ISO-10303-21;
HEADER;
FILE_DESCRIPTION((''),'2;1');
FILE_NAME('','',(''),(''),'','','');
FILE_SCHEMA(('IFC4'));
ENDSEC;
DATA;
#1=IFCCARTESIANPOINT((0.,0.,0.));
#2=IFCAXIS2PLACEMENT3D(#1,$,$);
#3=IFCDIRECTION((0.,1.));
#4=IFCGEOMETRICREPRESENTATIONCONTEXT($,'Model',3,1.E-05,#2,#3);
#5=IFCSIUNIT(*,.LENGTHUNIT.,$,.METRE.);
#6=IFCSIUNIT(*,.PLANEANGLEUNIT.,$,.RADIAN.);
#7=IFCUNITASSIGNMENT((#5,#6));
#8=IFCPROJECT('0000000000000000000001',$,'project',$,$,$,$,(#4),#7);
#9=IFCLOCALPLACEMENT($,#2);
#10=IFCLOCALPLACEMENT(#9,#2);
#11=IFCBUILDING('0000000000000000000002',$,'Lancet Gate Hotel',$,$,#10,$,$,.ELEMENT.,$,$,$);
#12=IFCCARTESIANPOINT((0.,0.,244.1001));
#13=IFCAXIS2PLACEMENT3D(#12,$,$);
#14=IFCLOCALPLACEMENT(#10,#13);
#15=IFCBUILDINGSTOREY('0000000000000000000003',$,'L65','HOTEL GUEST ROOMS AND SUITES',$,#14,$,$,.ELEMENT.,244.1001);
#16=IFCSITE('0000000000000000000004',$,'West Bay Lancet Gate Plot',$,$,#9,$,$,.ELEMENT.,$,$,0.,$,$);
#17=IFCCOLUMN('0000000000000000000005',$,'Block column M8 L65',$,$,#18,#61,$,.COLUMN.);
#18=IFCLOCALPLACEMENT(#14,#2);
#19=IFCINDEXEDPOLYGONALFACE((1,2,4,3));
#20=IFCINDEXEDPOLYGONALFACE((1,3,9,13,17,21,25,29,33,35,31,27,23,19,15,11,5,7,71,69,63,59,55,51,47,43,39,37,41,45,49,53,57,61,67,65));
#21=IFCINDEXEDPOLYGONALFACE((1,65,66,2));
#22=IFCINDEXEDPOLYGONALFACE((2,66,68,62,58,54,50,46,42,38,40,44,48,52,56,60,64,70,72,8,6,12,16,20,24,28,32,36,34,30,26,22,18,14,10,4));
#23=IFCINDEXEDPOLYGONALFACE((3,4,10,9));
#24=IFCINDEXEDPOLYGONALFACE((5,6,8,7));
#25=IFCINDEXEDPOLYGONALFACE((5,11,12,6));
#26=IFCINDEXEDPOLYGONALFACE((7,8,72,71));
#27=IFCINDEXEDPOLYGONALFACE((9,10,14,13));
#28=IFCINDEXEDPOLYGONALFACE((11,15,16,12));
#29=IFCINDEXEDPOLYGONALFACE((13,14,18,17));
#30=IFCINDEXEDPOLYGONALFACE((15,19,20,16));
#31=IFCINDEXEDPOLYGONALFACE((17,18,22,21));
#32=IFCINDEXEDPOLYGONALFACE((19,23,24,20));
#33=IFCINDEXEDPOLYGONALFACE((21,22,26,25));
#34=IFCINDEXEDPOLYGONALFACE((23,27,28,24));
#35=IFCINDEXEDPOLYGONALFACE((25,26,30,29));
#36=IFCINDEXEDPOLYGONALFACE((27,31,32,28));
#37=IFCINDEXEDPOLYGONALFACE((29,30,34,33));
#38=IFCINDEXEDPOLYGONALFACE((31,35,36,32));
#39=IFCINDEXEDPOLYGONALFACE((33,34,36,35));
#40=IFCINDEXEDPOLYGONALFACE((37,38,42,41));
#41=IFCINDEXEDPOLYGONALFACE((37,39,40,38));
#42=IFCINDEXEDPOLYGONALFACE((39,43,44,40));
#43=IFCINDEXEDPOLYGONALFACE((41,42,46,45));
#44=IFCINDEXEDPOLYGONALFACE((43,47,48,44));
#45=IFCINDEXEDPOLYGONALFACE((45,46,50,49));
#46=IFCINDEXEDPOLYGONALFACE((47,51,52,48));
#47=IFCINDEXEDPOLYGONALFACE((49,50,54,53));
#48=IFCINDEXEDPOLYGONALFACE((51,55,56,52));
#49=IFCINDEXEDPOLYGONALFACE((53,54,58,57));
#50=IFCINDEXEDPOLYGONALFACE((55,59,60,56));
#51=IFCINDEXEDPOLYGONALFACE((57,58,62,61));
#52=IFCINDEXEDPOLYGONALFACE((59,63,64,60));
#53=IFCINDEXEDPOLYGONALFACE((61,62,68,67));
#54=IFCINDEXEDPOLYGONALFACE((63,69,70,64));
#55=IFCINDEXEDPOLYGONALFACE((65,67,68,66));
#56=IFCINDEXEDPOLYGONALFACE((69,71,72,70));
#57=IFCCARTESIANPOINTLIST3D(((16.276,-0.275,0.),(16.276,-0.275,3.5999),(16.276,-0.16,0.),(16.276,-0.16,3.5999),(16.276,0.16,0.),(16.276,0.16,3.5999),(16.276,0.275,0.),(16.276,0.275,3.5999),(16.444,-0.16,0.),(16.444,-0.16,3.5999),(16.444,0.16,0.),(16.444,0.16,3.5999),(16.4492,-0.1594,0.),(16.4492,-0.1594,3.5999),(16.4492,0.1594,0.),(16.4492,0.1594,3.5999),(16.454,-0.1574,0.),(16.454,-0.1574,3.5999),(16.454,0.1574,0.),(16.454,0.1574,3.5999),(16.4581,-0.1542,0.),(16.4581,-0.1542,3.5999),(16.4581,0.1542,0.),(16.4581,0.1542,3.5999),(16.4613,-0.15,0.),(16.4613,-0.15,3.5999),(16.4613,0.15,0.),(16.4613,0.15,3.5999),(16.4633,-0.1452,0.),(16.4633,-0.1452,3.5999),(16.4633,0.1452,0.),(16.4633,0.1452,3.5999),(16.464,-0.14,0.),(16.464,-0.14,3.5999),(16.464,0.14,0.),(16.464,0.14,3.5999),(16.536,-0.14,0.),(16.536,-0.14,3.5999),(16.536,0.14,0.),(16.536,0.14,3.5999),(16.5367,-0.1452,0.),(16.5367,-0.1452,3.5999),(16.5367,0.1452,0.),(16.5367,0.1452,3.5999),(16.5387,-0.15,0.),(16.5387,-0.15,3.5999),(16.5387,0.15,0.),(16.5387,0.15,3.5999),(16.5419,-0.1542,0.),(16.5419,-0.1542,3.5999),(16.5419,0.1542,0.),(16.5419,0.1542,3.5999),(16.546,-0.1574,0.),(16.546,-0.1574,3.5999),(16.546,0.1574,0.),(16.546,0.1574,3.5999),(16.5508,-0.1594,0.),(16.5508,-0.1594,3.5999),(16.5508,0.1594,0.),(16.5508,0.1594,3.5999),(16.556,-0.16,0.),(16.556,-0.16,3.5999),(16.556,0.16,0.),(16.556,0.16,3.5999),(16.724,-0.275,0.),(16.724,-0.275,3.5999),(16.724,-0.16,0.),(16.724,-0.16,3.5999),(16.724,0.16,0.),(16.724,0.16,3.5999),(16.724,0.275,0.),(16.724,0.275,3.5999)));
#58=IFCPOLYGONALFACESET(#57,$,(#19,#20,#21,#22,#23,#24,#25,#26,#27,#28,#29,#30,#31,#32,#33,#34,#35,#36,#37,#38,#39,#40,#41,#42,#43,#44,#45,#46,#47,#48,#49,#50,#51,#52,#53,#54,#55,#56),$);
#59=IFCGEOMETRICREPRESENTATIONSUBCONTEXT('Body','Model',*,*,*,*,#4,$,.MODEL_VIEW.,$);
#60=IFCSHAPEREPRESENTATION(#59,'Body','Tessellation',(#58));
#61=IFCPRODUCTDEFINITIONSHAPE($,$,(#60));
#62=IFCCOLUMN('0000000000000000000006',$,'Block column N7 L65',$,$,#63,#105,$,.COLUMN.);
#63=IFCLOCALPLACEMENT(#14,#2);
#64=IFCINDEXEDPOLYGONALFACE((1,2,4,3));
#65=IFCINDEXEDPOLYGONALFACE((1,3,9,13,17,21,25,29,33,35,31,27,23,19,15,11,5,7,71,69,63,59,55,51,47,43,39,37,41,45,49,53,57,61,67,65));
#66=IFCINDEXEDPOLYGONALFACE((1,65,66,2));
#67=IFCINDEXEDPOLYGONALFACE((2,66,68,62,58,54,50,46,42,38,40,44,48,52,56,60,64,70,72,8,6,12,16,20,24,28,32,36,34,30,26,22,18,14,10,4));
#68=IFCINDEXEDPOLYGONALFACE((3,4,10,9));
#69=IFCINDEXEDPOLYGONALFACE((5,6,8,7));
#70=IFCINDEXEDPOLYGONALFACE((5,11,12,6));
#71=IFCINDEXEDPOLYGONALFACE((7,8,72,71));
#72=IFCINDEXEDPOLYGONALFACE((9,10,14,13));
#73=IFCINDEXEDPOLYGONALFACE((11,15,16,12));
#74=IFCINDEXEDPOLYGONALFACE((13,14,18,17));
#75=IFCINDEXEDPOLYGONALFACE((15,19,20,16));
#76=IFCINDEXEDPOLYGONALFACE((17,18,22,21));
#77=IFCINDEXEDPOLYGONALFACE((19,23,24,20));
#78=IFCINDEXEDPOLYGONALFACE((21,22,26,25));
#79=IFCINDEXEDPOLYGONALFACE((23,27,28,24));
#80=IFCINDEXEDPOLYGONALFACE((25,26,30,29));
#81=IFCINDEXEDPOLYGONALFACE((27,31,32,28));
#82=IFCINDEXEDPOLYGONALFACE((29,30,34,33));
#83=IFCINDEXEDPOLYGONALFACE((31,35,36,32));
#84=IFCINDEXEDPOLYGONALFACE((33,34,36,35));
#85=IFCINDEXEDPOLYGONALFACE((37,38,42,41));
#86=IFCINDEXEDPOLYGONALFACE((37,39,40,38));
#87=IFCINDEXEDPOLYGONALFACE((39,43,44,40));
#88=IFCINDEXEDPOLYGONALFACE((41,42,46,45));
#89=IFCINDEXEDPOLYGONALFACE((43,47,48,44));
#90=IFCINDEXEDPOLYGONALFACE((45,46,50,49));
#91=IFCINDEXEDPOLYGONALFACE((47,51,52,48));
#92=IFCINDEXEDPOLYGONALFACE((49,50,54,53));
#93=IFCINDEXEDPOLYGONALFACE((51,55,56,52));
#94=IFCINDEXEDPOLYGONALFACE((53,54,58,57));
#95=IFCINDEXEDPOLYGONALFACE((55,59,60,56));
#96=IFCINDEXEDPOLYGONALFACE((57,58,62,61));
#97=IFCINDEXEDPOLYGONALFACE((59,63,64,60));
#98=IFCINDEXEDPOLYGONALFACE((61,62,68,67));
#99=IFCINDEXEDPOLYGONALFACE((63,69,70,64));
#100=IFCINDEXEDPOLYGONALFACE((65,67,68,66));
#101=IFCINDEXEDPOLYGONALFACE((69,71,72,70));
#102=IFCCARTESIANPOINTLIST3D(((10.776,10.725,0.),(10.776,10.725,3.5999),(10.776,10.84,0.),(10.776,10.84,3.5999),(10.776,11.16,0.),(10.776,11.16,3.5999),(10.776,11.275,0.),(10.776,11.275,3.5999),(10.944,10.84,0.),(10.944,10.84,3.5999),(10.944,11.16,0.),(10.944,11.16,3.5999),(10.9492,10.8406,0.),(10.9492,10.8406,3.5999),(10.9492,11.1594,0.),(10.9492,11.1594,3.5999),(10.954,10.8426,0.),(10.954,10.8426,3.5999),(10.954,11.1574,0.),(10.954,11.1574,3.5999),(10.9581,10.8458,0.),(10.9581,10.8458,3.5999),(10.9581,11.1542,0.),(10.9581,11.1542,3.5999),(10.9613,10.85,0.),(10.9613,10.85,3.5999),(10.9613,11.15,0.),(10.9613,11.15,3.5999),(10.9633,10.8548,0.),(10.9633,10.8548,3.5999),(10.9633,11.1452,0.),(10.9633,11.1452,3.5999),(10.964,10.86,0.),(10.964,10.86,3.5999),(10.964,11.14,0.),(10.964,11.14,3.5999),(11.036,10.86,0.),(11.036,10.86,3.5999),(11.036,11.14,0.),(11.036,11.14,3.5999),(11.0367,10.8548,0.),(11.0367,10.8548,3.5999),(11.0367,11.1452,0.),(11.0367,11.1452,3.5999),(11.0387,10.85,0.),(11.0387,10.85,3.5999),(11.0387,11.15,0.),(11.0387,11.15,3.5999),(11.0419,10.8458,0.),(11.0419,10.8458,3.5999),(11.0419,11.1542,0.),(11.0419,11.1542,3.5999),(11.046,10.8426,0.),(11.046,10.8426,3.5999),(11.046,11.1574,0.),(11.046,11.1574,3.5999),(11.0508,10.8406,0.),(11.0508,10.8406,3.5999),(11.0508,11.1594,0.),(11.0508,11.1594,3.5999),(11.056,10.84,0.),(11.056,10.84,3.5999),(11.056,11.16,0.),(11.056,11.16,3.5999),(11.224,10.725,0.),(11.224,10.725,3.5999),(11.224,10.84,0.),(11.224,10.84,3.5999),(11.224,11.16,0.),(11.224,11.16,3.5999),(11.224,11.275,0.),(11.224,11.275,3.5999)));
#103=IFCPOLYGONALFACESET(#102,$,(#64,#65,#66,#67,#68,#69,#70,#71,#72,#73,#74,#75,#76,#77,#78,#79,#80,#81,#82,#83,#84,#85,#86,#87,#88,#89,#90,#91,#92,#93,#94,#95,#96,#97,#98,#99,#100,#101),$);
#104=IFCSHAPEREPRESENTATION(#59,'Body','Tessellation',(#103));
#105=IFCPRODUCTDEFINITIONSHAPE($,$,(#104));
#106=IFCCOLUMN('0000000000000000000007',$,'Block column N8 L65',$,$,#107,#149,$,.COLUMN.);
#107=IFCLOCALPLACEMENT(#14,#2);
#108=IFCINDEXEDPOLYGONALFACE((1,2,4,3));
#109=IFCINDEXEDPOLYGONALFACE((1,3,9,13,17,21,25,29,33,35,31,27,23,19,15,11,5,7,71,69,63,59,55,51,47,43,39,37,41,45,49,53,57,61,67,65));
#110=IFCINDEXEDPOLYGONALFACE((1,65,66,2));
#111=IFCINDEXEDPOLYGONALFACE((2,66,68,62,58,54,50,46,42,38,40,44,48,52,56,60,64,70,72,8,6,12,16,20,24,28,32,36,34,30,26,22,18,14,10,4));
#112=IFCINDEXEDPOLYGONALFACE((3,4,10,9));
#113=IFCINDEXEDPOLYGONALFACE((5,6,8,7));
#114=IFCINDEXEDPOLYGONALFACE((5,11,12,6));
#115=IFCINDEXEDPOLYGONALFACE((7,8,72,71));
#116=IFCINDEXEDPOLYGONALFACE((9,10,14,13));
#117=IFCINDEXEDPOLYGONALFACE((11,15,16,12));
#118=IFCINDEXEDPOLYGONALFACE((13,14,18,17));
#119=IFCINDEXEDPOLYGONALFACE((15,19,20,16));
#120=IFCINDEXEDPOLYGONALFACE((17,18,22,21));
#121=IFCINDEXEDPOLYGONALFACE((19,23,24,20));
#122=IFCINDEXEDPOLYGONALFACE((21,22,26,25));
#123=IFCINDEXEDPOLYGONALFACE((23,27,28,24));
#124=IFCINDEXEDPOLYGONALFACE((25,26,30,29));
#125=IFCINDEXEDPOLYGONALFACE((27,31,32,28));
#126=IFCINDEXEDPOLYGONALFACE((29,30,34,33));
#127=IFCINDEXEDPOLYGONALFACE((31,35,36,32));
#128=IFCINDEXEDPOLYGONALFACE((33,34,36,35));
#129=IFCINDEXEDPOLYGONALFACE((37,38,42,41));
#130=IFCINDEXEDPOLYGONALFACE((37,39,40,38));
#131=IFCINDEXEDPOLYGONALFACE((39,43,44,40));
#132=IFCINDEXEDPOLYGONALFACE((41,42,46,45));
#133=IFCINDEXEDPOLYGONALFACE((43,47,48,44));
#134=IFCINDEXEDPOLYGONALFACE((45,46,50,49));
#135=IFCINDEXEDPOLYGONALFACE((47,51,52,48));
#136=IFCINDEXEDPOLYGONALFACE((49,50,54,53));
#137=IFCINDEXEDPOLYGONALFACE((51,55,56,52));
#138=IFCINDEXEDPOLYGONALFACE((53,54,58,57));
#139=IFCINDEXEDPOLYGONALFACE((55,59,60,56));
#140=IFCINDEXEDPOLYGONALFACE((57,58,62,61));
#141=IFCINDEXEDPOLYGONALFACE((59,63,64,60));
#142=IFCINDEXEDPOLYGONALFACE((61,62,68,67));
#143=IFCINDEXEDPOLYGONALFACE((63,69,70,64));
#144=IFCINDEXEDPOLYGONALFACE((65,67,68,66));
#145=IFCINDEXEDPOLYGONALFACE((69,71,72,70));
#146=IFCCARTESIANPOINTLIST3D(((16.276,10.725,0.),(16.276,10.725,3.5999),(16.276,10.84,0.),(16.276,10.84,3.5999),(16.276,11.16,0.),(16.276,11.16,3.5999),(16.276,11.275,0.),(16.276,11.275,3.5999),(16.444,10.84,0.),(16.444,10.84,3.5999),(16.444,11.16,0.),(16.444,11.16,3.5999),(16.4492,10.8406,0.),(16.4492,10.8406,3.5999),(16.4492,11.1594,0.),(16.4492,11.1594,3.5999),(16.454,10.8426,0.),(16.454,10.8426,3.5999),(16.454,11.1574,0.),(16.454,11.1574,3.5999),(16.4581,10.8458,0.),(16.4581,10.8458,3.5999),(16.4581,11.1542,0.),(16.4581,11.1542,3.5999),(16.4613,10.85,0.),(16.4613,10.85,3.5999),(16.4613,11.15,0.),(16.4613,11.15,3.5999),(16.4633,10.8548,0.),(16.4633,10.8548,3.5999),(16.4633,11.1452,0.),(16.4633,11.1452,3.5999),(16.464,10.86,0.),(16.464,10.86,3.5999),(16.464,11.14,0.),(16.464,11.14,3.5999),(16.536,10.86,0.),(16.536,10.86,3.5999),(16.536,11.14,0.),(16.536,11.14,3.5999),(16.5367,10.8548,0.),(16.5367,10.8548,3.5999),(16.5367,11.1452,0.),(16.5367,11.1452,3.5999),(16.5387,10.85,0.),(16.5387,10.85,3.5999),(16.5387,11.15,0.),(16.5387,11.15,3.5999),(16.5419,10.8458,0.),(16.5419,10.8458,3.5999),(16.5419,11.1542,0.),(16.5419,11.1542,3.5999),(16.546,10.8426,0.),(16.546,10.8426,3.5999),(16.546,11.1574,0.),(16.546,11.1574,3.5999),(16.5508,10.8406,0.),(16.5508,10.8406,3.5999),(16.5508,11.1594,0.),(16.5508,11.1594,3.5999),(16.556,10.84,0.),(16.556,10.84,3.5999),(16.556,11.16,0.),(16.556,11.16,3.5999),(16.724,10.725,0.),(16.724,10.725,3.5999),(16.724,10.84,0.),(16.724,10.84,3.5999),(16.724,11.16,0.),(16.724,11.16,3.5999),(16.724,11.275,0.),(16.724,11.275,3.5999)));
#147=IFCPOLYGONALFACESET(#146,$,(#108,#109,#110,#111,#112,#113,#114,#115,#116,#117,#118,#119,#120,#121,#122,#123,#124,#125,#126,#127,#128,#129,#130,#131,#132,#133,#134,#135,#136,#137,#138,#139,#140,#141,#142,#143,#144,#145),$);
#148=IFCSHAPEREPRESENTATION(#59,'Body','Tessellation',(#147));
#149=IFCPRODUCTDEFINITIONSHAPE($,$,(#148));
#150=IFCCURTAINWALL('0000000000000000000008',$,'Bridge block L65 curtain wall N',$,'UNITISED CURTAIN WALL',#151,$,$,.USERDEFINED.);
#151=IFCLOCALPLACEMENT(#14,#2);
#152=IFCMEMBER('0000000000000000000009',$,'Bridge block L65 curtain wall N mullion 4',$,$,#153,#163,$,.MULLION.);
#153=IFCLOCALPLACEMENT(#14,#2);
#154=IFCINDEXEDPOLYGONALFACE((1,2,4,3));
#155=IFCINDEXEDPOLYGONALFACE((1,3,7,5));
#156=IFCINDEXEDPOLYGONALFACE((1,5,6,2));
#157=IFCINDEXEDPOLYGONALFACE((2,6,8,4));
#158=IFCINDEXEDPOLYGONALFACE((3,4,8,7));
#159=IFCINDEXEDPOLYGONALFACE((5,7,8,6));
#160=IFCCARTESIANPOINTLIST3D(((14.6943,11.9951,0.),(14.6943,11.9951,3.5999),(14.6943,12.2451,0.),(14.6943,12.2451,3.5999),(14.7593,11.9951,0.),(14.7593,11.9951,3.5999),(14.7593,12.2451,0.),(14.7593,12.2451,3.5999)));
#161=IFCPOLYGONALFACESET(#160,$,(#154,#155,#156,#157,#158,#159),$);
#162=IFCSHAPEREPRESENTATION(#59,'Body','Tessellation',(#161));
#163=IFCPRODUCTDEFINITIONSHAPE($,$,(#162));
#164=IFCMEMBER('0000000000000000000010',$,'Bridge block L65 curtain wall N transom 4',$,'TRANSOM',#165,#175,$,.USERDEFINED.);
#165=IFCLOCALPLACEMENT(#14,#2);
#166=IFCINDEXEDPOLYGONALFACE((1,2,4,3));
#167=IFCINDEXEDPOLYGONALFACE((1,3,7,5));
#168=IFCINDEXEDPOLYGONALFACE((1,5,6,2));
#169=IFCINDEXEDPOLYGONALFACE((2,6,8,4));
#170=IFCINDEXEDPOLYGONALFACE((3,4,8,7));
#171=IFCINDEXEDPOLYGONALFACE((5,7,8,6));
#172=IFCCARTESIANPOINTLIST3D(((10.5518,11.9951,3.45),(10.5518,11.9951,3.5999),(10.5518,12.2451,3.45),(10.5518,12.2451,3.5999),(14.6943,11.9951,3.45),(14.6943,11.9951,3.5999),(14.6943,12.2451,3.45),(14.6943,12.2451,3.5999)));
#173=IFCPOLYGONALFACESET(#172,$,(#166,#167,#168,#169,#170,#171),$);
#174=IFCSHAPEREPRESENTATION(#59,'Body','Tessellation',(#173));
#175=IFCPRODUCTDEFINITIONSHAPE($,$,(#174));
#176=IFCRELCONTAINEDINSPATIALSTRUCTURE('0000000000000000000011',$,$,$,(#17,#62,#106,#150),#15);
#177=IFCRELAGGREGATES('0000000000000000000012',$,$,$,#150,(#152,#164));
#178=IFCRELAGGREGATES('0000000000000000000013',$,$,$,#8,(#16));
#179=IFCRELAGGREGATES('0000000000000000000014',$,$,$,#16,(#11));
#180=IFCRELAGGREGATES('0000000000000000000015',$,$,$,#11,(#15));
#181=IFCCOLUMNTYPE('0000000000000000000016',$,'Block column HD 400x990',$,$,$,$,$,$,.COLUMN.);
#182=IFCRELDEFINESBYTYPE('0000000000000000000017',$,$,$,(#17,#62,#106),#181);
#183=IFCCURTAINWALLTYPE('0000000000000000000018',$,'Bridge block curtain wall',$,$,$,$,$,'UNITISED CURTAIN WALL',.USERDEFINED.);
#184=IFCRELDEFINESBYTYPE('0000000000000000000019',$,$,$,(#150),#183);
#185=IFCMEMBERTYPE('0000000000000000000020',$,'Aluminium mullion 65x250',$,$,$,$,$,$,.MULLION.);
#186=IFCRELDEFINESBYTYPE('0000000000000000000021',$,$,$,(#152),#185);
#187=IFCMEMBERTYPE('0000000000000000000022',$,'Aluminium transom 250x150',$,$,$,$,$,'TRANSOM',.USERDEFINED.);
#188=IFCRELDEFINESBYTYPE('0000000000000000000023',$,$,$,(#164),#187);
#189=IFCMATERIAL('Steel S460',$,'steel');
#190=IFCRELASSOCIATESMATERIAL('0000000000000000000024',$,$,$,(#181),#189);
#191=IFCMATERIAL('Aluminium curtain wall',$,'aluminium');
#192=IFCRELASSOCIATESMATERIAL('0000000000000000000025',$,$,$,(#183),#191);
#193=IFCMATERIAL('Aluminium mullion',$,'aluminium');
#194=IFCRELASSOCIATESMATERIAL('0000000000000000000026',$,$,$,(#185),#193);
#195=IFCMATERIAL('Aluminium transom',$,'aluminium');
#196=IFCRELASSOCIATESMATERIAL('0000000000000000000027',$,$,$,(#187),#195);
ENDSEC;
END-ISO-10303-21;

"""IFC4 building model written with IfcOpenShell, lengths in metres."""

from ifc_helpers import new_model, si_unit, direction, frame, origin, origin_2d, place, context, subcontext, project, spatial, rectangle, i_section, extrude, material, material_profile, profile_set, type_object, element, aggregate, save


model = new_model("IFC4")

# Units and contexts
model_context = context("Model", 3, precision=1e-05, world=origin(), true_north=direction((0.0, 1.0)))
body_context = subcontext(model_context, "Body", "Model", "MODEL_VIEW")
ifc_project = project(units=[si_unit("LENGTHUNIT", "METRE"), si_unit("PLANEANGLEUNIT", "RADIAN")], contexts=[model_context])

# Site, building, storey
site_placement = place(None, origin())
site = spatial("IfcSite", under=ifc_project, at=site_placement, Name="West Bay Lancet Gate Plot", CompositionType="ELEMENT", RefElevation=0.0)
building_placement = place(site_placement, origin())
building = spatial("IfcBuilding", under=site, at=building_placement, Name="Lancet Gate Hotel", CompositionType="ELEMENT")
storey_placement = place(building_placement, frame((0.0, 0.0, 244.1001)))
storey = spatial("IfcBuildingStorey", under=building, at=storey_placement, Name="L65", Description="HOTEL GUEST ROOMS AND SUITES", CompositionType="ELEMENT", Elevation=244.1001)

# Columns
ifc_material_1 = material(Name="Steel S460", Category="steel")
ifc_material_profile_1 = material_profile(ifc_material_1, i_section(OverallWidth=0.448, OverallDepth=0.55, WebThickness=0.072, FlangeThickness=0.115, FilletRadius=0.02, at=origin_2d()), Name="HD 400x990")
ifc_profile_set_1 = profile_set([ifc_material_profile_1], Name="Steel S460")
column_type = type_object("IfcColumnType", Name="Block column HD 400x990", PredefinedType="COLUMN", material=ifc_profile_set_1)
for number, where, z_axis, x_axis, name in (
    (1, (16.5, 0.0, 0.0), (0.0, 0.0, 1.0), (1.0, 0.0, 0.0), "Block column M8 L65"),
    (2, (11.0, 11.0, 0.0), (0.0, 0.0, 1.0), (1.0, 0.0, 0.0), "Block column N7 L65"),
    (3, (16.5, 11.0, 0.0), (0.0, 0.0, 1.0), (1.0, 0.0, 0.0), "Block column N8 L65"),
):
    element("IfcColumn", number, at=place(storey_placement, frame(where, z_axis=z_axis, x_axis=x_axis)), inside=storey, type_object=column_type, Name=name, PredefinedType="COLUMN", context=body_context, shape_type="SweptSolid", body=[
        extrude(i_section(OverallWidth=0.448, OverallDepth=0.55, WebThickness=0.072, FlangeThickness=0.115, FilletRadius=0.02, at=origin_2d()), origin(), (0.0, 0.0, 1.0), 3.5999),
    ])

# Curtain wall, members
ifc_material_2 = material(Name="Aluminium curtain wall", Category="aluminium")
curtain_wall_type = type_object("IfcCurtainWallType", Name="Bridge block curtain wall", ElementType="UNITISED CURTAIN WALL", PredefinedType="USERDEFINED", material=ifc_material_2)
curtain_wall_placement = place(storey_placement, origin())
curtain_wall = element("IfcCurtainWall", 4, at=curtain_wall_placement, inside=storey, type_object=curtain_wall_type, Name="Bridge block L65 curtain wall N", ObjectType="UNITISED CURTAIN WALL", PredefinedType="USERDEFINED")
ifc_material_3 = material(Name="Aluminium mullion", Category="aluminium")
ifc_material_profile_2 = material_profile(ifc_material_3, rectangle(XDim=0.0649, YDim=0.25, at=origin_2d()), Name="MULLION 65x250")
ifc_profile_set_2 = profile_set([ifc_material_profile_2], Name="Aluminium mullion")
member_type_1 = type_object("IfcMemberType", Name="Aluminium mullion 65x250", PredefinedType="MULLION", material=ifc_profile_set_2)
member_1_placement = place(storey_placement, frame((14.7268, 12.1201, 0.0), z_axis=(0.0, 0.0, 1.0), x_axis=(-1.0, 0.0, 0.0)))
member_1 = element("IfcMember", 5, at=member_1_placement, type_object=member_type_1, Name="Bridge block L65 curtain wall N mullion 4", PredefinedType="MULLION", context=body_context, shape_type="SweptSolid", body=[
    extrude(rectangle(XDim=0.0649, YDim=0.25, at=origin_2d()), origin(), (0.0, 0.0, 1.0), 3.5999),
])
ifc_material_4 = material(Name="Aluminium transom", Category="aluminium")
ifc_material_profile_3 = material_profile(ifc_material_4, rectangle(XDim=0.25, YDim=0.1499, at=origin_2d()), Name="TRANSOM 250x150")
ifc_profile_set_3 = profile_set([ifc_material_profile_3], Name="Aluminium transom")
member_type_2 = type_object("IfcMemberType", Name="Aluminium transom 250x150", ElementType="TRANSOM", PredefinedType="USERDEFINED", material=ifc_profile_set_3)
member_2_placement = place(storey_placement, frame((14.6943, 12.1201, 3.5249), z_axis=(-1.0, 0.0, 0.0), x_axis=(0.0, -1.0, 0.0)))
member_2 = element("IfcMember", 6, at=member_2_placement, type_object=member_type_2, Name="Bridge block L65 curtain wall N transom 4", ObjectType="TRANSOM", PredefinedType="USERDEFINED", context=body_context, shape_type="SweptSolid", body=[
    extrude(rectangle(XDim=0.25, YDim=0.1499, at=origin_2d()), origin(), (0.0, 0.0, 1.0), 4.1426),
])

aggregate(curtain_wall, [member_1, member_2])

save(model, "model.ifc")
